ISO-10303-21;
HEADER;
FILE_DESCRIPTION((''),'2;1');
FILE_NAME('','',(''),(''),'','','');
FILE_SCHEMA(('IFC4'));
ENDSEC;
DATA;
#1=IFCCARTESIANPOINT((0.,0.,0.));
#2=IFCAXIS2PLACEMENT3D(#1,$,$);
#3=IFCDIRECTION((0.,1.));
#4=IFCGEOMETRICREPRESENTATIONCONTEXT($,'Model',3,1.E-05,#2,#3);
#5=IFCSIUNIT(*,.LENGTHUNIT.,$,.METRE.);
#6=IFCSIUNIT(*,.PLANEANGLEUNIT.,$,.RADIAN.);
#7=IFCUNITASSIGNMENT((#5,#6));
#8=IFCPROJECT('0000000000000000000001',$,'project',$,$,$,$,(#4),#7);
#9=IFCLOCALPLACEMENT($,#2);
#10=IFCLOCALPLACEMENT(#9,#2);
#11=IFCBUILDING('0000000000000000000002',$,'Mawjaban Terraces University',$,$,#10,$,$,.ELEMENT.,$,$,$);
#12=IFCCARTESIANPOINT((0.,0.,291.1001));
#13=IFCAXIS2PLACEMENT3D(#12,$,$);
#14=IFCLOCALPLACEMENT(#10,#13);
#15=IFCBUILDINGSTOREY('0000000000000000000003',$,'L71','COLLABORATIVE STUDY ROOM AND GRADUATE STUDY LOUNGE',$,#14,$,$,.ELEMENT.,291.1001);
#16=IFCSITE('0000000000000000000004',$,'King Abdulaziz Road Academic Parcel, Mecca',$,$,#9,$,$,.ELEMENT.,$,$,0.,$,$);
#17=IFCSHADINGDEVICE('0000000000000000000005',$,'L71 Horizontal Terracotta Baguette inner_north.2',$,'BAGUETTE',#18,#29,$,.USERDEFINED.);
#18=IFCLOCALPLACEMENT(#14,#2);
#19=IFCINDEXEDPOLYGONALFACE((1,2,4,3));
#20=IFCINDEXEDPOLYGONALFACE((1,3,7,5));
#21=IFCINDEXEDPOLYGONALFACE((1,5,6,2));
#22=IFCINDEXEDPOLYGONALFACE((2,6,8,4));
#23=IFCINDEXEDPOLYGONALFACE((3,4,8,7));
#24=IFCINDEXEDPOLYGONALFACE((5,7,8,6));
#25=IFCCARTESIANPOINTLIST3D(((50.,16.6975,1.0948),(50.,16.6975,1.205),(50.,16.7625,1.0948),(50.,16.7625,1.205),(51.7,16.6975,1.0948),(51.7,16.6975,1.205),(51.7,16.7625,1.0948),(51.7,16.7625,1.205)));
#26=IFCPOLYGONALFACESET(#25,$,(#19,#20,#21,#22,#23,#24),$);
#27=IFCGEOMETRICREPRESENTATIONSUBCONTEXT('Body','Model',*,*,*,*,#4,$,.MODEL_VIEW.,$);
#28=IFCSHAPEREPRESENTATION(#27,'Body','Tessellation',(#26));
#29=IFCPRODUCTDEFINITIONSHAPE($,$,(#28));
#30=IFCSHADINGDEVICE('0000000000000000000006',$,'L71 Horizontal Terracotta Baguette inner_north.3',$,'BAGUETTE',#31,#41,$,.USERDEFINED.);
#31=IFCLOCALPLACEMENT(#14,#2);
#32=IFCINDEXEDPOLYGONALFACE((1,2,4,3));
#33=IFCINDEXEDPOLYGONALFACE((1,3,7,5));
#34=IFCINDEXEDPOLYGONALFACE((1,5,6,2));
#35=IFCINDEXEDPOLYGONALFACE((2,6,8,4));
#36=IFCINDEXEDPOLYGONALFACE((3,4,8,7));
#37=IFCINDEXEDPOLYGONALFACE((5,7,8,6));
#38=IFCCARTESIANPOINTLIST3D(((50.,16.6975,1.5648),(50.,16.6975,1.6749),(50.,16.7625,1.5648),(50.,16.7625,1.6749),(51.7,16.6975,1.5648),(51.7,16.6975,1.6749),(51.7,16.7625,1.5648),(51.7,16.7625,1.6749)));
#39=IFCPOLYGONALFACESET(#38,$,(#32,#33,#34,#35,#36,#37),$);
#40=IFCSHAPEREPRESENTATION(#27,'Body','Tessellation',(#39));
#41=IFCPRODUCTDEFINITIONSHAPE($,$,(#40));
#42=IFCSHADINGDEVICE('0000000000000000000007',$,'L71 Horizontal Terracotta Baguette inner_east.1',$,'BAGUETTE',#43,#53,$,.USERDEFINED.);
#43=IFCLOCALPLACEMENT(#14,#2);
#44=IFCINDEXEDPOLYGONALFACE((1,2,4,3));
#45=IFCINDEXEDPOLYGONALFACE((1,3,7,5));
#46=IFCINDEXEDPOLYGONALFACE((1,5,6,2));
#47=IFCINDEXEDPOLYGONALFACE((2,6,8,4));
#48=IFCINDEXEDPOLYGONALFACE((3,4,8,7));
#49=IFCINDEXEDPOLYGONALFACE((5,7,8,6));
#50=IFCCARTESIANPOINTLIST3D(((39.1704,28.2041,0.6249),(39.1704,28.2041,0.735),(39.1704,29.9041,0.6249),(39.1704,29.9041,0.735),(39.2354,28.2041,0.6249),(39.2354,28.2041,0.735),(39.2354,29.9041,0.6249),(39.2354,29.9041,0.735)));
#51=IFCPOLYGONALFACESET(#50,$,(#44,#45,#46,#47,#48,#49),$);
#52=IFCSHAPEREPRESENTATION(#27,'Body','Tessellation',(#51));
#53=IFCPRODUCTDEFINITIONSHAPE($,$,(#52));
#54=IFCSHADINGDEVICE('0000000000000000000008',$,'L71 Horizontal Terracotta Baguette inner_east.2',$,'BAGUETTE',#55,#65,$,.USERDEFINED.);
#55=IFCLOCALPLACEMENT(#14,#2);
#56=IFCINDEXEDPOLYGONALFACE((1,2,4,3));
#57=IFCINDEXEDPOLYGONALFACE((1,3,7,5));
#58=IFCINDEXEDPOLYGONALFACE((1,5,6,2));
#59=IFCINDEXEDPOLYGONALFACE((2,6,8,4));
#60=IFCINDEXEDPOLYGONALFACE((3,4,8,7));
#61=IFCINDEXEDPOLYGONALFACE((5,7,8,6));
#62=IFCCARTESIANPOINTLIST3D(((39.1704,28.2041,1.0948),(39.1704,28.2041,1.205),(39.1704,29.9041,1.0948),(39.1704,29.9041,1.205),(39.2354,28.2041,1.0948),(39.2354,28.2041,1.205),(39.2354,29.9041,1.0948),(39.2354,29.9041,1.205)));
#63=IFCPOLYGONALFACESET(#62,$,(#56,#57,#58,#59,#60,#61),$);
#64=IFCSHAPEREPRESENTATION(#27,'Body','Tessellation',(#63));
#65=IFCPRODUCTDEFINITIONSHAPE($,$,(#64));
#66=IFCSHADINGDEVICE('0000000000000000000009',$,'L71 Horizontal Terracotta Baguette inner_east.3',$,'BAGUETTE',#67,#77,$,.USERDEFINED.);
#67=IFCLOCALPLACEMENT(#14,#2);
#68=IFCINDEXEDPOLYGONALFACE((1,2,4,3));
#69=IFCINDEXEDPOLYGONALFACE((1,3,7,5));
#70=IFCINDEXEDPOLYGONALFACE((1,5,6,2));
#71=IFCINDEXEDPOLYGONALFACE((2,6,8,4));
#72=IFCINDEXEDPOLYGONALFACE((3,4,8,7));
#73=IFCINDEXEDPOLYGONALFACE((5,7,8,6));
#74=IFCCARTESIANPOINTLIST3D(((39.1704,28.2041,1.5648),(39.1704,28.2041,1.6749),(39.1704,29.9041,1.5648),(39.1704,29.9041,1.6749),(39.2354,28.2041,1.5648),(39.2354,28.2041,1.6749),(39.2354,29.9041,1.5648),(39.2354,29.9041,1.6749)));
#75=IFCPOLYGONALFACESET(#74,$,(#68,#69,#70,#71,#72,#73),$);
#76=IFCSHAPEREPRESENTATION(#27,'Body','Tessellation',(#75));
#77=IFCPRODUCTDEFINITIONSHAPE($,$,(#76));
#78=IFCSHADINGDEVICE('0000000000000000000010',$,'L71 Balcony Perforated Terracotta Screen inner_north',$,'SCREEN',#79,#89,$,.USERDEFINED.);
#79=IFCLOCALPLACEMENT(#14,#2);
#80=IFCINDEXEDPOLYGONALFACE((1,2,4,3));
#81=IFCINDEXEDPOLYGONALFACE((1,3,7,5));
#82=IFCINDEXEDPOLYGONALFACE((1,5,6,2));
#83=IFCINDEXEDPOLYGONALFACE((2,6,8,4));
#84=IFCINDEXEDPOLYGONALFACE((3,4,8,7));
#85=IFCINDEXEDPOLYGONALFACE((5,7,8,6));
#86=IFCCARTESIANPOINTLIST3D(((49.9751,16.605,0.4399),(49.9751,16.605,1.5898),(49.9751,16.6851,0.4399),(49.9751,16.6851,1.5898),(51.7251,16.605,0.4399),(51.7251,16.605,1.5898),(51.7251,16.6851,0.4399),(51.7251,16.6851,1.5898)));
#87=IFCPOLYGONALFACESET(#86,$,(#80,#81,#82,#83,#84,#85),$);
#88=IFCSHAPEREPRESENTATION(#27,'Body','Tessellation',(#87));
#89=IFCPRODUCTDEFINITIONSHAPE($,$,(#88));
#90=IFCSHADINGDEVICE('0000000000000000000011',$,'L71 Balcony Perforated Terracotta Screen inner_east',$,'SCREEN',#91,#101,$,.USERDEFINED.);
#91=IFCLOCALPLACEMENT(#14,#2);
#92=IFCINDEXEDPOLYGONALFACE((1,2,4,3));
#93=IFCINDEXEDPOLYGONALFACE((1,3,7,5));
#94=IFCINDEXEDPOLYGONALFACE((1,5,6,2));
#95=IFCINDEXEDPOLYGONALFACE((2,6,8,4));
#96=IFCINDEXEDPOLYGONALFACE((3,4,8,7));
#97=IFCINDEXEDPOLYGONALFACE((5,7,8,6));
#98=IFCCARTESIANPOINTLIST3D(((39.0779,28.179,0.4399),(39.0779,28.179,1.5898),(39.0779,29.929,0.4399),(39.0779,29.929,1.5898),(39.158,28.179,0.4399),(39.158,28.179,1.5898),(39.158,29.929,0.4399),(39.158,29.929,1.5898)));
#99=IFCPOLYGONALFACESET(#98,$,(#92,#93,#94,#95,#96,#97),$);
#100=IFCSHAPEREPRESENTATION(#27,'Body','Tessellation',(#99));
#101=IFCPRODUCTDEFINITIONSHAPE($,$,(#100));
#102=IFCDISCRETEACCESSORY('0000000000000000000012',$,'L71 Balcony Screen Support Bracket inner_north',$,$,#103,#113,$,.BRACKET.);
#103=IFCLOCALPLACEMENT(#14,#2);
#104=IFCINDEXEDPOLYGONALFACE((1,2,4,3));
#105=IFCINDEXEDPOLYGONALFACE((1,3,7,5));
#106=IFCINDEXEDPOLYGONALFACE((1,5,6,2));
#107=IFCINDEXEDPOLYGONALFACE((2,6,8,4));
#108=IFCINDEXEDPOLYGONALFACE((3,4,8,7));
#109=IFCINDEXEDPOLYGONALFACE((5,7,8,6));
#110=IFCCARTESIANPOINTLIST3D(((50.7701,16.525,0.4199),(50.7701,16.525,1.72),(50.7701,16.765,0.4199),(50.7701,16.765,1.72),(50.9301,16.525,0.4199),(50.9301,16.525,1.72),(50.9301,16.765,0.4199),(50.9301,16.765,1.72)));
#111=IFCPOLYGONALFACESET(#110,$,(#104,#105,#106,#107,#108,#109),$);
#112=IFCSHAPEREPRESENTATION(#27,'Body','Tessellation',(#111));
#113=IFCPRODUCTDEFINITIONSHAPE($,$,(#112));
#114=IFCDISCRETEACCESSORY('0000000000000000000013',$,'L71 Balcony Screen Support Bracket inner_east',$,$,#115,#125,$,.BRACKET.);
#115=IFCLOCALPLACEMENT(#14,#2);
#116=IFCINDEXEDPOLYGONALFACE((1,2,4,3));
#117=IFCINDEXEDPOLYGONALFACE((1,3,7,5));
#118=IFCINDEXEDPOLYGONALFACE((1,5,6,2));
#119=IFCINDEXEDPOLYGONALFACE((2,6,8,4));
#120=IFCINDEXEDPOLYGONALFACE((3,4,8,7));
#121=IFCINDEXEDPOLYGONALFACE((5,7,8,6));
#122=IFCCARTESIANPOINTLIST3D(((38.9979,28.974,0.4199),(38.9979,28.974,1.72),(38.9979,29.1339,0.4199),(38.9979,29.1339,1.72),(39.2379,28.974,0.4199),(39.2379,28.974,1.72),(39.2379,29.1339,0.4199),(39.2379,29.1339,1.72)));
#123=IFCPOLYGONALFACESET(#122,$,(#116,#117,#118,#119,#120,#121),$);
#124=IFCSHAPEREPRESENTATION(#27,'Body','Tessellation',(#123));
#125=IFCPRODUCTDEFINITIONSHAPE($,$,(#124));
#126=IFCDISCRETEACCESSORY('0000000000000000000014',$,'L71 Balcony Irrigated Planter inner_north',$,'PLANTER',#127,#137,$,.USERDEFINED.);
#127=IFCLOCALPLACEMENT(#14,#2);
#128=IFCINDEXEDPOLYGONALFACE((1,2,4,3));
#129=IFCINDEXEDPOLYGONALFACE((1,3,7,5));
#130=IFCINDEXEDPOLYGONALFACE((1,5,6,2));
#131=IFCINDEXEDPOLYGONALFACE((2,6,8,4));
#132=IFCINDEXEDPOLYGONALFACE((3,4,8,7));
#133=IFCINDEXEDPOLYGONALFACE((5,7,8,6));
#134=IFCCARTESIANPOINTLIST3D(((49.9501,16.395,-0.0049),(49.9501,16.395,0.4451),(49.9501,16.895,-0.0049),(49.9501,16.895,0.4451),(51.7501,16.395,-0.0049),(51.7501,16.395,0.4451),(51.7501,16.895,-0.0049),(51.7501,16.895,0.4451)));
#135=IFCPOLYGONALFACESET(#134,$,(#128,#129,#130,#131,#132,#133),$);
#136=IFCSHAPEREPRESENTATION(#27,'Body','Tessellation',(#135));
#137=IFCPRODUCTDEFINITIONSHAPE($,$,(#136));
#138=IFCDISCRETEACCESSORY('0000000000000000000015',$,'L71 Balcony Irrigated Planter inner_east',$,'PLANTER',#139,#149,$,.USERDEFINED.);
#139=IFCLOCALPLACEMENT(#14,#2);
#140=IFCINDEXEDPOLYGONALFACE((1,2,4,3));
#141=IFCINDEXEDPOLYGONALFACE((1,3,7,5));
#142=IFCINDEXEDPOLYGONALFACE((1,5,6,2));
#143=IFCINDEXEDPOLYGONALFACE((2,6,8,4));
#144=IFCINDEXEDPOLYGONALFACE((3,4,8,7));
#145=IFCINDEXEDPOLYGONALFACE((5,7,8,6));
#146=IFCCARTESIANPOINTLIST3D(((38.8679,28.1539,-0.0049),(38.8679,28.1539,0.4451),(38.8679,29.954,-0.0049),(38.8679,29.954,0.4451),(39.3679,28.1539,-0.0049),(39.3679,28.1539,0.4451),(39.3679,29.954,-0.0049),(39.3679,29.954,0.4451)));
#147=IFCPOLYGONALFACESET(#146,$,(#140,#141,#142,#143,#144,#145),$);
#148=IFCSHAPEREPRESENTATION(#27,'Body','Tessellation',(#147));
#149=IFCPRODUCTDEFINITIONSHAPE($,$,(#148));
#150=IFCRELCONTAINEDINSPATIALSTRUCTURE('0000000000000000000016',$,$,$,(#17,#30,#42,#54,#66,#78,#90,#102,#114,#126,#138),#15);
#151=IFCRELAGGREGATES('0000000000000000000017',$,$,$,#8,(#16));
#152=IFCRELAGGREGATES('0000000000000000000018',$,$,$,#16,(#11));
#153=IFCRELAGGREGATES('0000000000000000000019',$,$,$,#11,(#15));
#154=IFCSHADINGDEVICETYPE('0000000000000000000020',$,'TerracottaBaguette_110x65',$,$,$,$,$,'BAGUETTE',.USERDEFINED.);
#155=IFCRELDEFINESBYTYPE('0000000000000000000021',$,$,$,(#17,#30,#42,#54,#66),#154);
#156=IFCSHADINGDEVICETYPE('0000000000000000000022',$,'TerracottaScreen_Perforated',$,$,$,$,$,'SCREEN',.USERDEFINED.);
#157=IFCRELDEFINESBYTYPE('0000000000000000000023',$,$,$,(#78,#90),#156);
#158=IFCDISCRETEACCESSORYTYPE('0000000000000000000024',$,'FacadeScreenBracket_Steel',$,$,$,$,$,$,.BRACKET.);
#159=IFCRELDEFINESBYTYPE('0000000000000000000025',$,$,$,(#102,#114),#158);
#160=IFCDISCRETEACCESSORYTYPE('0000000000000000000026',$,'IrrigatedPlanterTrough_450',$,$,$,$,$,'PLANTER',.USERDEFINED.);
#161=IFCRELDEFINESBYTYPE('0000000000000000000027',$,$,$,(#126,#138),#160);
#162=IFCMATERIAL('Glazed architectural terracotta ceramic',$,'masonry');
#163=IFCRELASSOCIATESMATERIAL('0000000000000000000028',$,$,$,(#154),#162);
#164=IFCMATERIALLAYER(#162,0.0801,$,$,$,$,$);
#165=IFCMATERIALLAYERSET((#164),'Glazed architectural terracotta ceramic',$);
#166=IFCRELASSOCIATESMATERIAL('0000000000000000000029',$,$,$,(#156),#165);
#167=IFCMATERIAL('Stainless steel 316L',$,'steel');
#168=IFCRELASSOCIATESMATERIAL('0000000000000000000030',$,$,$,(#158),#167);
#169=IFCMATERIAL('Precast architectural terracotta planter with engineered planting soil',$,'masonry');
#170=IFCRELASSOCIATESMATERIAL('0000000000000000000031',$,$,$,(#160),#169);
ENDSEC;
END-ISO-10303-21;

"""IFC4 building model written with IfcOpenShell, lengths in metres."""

from ifc_helpers import new_model, si_unit, direction, frame, origin, origin_2d, place, context, subcontext, project, spatial, rectangle, extrude, material, layer, layer_set, material_profile, profile_set, type_object, element, save


model = new_model("IFC4")

# Units and contexts
model_context = context("Model", 3, precision=1e-05, world=origin(), true_north=direction((0.0, 1.0)))
body_context = subcontext(model_context, "Body", "Model", "MODEL_VIEW")
ifc_project = project(units=[si_unit("LENGTHUNIT", "METRE"), si_unit("PLANEANGLEUNIT", "RADIAN")], contexts=[model_context])

# Site, building, storey
site_placement = place(None, origin())
site = spatial("IfcSite", under=ifc_project, at=site_placement, Name="King Abdulaziz Road Academic Parcel, Mecca", CompositionType="ELEMENT", RefElevation=0.0)
building_placement = place(site_placement, origin())
building = spatial("IfcBuilding", under=site, at=building_placement, Name="Mawjaban Terraces University", CompositionType="ELEMENT")
storey_placement = place(building_placement, frame((0.0, 0.0, 291.1001)))
storey = spatial("IfcBuildingStorey", under=building, at=storey_placement, Name="L71", Description="COLLABORATIVE STUDY ROOM AND GRADUATE STUDY LOUNGE", CompositionType="ELEMENT", Elevation=291.1001)

# Shading devices
ifc_material_1 = material(Name="Glazed architectural terracotta ceramic", Category="masonry")
ifc_material_profile_1 = material_profile(ifc_material_1, rectangle(XDim=0.0649, YDim=0.1101, at=origin_2d()), Name="TBAG110X65")
ifc_profile_set_1 = profile_set([ifc_material_profile_1], Name="Glazed architectural terracotta ceramic")
shading_device_type_1 = type_object("IfcShadingDeviceType", Name="TerracottaBaguette_110x65", ElementType="BAGUETTE", PredefinedType="USERDEFINED", material=ifc_profile_set_1)
for number, where, z_axis, x_axis, name in (
    (1, (50.0, 16.73, 1.1499), (1.0, 0.0, 0.0), (0.0, 1.0, 0.0), "L71 Horizontal Terracotta Baguette inner_north.2"),
    (2, (50.0, 16.73, 1.6199), (1.0, 0.0, 0.0), (0.0, 1.0, 0.0), "L71 Horizontal Terracotta Baguette inner_north.3"),
    (3, (39.2029, 28.2041, 0.6799), (0.0, 1.0, 0.0), (-1.0, 0.0, 0.0), "L71 Horizontal Terracotta Baguette inner_east.1"),
    (4, (39.2029, 28.2041, 1.1499), (0.0, 1.0, 0.0), (-1.0, 0.0, 0.0), "L71 Horizontal Terracotta Baguette inner_east.2"),
    (5, (39.2029, 28.2041, 1.6199), (0.0, 1.0, 0.0), (-1.0, 0.0, 0.0), "L71 Horizontal Terracotta Baguette inner_east.3"),
):
    element("IfcShadingDevice", number, at=place(storey_placement, frame(where, z_axis=z_axis, x_axis=x_axis)), inside=storey, type_object=shading_device_type_1, Name=name, ObjectType="BAGUETTE", PredefinedType="USERDEFINED", context=body_context, shape_type="SweptSolid", body=[
        extrude(rectangle(XDim=0.0649, YDim=0.1101, at=origin_2d()), origin(), (0.0, 0.0, 1.0), 1.7),
    ])
ifc_layer_1 = layer(ifc_material_1, 0.0801)
ifc_layer_set_1 = layer_set([ifc_layer_1], Name="Glazed architectural terracotta ceramic")
shading_device_type_2 = type_object("IfcShadingDeviceType", Name="TerracottaScreen_Perforated", ElementType="SCREEN", PredefinedType="USERDEFINED", material=ifc_layer_set_1)
for number, where, z_axis, x_axis, name in (
    (6, (50.8501, 16.645, 0.4399), (0.0, 0.0, 1.0), (1.0, 0.0, 0.0), "L71 Balcony Perforated Terracotta Screen inner_north"),
    (7, (39.1179, 29.054, 0.4399), (0.0, 0.0, 1.0), (0.0, 1.0, 0.0), "L71 Balcony Perforated Terracotta Screen inner_east"),
):
    element("IfcShadingDevice", number, at=place(storey_placement, frame(where, z_axis=z_axis, x_axis=x_axis)), inside=storey, type_object=shading_device_type_2, Name=name, ObjectType="SCREEN", PredefinedType="USERDEFINED", context=body_context, shape_type="SweptSolid", body=[
        extrude(rectangle(XDim=1.75, YDim=0.0801, at=origin_2d()), origin(), (0.0, 0.0, 1.0), 1.1499),
    ])

# Discrete accessories
ifc_material_2 = material(Name="Stainless steel 316L", Category="steel")
discrete_accessory_type_1 = type_object("IfcDiscreteAccessoryType", Name="FacadeScreenBracket_Steel", PredefinedType="BRACKET", material=ifc_material_2)
for number, where, z_axis, x_axis, name in (
    (8, (50.8501, 16.645, 0.4199), (0.0, 0.0, 1.0), (1.0, 0.0, 0.0), "L71 Balcony Screen Support Bracket inner_north"),
    (9, (39.1179, 29.054, 0.4199), (0.0, 0.0, 1.0), (0.0, 1.0, 0.0), "L71 Balcony Screen Support Bracket inner_east"),
):
    element("IfcDiscreteAccessory", number, at=place(storey_placement, frame(where, z_axis=z_axis, x_axis=x_axis)), inside=storey, type_object=discrete_accessory_type_1, Name=name, PredefinedType="BRACKET", context=body_context, shape_type="SweptSolid", body=[
        extrude(rectangle(XDim=0.1599, YDim=0.24, at=origin_2d()), origin(), (0.0, 0.0, 1.0), 1.3),
    ])
ifc_material_3 = material(Name="Precast architectural terracotta planter with engineered planting soil", Category="masonry")
discrete_accessory_type_2 = type_object("IfcDiscreteAccessoryType", Name="IrrigatedPlanterTrough_450", ElementType="PLANTER", PredefinedType="USERDEFINED", material=ifc_material_3)
for number, where, z_axis, x_axis, name in (
    (10, (50.8501, 16.645, -0.0049), (0.0, 0.0, 1.0), (1.0, 0.0, 0.0), "L71 Balcony Irrigated Planter inner_north"),
    (11, (39.1179, 29.054, -0.0049), (0.0, 0.0, 1.0), (0.0, 1.0, 0.0), "L71 Balcony Irrigated Planter inner_east"),
):
    element("IfcDiscreteAccessory", number, at=place(storey_placement, frame(where, z_axis=z_axis, x_axis=x_axis)), inside=storey, type_object=discrete_accessory_type_2, Name=name, ObjectType="PLANTER", PredefinedType="USERDEFINED", context=body_context, shape_type="SweptSolid", body=[
        extrude(rectangle(XDim=1.8, YDim=0.5, at=origin_2d()), origin(), (0.0, 0.0, 1.0), 0.45),
    ])

save(model, "model.ifc")
